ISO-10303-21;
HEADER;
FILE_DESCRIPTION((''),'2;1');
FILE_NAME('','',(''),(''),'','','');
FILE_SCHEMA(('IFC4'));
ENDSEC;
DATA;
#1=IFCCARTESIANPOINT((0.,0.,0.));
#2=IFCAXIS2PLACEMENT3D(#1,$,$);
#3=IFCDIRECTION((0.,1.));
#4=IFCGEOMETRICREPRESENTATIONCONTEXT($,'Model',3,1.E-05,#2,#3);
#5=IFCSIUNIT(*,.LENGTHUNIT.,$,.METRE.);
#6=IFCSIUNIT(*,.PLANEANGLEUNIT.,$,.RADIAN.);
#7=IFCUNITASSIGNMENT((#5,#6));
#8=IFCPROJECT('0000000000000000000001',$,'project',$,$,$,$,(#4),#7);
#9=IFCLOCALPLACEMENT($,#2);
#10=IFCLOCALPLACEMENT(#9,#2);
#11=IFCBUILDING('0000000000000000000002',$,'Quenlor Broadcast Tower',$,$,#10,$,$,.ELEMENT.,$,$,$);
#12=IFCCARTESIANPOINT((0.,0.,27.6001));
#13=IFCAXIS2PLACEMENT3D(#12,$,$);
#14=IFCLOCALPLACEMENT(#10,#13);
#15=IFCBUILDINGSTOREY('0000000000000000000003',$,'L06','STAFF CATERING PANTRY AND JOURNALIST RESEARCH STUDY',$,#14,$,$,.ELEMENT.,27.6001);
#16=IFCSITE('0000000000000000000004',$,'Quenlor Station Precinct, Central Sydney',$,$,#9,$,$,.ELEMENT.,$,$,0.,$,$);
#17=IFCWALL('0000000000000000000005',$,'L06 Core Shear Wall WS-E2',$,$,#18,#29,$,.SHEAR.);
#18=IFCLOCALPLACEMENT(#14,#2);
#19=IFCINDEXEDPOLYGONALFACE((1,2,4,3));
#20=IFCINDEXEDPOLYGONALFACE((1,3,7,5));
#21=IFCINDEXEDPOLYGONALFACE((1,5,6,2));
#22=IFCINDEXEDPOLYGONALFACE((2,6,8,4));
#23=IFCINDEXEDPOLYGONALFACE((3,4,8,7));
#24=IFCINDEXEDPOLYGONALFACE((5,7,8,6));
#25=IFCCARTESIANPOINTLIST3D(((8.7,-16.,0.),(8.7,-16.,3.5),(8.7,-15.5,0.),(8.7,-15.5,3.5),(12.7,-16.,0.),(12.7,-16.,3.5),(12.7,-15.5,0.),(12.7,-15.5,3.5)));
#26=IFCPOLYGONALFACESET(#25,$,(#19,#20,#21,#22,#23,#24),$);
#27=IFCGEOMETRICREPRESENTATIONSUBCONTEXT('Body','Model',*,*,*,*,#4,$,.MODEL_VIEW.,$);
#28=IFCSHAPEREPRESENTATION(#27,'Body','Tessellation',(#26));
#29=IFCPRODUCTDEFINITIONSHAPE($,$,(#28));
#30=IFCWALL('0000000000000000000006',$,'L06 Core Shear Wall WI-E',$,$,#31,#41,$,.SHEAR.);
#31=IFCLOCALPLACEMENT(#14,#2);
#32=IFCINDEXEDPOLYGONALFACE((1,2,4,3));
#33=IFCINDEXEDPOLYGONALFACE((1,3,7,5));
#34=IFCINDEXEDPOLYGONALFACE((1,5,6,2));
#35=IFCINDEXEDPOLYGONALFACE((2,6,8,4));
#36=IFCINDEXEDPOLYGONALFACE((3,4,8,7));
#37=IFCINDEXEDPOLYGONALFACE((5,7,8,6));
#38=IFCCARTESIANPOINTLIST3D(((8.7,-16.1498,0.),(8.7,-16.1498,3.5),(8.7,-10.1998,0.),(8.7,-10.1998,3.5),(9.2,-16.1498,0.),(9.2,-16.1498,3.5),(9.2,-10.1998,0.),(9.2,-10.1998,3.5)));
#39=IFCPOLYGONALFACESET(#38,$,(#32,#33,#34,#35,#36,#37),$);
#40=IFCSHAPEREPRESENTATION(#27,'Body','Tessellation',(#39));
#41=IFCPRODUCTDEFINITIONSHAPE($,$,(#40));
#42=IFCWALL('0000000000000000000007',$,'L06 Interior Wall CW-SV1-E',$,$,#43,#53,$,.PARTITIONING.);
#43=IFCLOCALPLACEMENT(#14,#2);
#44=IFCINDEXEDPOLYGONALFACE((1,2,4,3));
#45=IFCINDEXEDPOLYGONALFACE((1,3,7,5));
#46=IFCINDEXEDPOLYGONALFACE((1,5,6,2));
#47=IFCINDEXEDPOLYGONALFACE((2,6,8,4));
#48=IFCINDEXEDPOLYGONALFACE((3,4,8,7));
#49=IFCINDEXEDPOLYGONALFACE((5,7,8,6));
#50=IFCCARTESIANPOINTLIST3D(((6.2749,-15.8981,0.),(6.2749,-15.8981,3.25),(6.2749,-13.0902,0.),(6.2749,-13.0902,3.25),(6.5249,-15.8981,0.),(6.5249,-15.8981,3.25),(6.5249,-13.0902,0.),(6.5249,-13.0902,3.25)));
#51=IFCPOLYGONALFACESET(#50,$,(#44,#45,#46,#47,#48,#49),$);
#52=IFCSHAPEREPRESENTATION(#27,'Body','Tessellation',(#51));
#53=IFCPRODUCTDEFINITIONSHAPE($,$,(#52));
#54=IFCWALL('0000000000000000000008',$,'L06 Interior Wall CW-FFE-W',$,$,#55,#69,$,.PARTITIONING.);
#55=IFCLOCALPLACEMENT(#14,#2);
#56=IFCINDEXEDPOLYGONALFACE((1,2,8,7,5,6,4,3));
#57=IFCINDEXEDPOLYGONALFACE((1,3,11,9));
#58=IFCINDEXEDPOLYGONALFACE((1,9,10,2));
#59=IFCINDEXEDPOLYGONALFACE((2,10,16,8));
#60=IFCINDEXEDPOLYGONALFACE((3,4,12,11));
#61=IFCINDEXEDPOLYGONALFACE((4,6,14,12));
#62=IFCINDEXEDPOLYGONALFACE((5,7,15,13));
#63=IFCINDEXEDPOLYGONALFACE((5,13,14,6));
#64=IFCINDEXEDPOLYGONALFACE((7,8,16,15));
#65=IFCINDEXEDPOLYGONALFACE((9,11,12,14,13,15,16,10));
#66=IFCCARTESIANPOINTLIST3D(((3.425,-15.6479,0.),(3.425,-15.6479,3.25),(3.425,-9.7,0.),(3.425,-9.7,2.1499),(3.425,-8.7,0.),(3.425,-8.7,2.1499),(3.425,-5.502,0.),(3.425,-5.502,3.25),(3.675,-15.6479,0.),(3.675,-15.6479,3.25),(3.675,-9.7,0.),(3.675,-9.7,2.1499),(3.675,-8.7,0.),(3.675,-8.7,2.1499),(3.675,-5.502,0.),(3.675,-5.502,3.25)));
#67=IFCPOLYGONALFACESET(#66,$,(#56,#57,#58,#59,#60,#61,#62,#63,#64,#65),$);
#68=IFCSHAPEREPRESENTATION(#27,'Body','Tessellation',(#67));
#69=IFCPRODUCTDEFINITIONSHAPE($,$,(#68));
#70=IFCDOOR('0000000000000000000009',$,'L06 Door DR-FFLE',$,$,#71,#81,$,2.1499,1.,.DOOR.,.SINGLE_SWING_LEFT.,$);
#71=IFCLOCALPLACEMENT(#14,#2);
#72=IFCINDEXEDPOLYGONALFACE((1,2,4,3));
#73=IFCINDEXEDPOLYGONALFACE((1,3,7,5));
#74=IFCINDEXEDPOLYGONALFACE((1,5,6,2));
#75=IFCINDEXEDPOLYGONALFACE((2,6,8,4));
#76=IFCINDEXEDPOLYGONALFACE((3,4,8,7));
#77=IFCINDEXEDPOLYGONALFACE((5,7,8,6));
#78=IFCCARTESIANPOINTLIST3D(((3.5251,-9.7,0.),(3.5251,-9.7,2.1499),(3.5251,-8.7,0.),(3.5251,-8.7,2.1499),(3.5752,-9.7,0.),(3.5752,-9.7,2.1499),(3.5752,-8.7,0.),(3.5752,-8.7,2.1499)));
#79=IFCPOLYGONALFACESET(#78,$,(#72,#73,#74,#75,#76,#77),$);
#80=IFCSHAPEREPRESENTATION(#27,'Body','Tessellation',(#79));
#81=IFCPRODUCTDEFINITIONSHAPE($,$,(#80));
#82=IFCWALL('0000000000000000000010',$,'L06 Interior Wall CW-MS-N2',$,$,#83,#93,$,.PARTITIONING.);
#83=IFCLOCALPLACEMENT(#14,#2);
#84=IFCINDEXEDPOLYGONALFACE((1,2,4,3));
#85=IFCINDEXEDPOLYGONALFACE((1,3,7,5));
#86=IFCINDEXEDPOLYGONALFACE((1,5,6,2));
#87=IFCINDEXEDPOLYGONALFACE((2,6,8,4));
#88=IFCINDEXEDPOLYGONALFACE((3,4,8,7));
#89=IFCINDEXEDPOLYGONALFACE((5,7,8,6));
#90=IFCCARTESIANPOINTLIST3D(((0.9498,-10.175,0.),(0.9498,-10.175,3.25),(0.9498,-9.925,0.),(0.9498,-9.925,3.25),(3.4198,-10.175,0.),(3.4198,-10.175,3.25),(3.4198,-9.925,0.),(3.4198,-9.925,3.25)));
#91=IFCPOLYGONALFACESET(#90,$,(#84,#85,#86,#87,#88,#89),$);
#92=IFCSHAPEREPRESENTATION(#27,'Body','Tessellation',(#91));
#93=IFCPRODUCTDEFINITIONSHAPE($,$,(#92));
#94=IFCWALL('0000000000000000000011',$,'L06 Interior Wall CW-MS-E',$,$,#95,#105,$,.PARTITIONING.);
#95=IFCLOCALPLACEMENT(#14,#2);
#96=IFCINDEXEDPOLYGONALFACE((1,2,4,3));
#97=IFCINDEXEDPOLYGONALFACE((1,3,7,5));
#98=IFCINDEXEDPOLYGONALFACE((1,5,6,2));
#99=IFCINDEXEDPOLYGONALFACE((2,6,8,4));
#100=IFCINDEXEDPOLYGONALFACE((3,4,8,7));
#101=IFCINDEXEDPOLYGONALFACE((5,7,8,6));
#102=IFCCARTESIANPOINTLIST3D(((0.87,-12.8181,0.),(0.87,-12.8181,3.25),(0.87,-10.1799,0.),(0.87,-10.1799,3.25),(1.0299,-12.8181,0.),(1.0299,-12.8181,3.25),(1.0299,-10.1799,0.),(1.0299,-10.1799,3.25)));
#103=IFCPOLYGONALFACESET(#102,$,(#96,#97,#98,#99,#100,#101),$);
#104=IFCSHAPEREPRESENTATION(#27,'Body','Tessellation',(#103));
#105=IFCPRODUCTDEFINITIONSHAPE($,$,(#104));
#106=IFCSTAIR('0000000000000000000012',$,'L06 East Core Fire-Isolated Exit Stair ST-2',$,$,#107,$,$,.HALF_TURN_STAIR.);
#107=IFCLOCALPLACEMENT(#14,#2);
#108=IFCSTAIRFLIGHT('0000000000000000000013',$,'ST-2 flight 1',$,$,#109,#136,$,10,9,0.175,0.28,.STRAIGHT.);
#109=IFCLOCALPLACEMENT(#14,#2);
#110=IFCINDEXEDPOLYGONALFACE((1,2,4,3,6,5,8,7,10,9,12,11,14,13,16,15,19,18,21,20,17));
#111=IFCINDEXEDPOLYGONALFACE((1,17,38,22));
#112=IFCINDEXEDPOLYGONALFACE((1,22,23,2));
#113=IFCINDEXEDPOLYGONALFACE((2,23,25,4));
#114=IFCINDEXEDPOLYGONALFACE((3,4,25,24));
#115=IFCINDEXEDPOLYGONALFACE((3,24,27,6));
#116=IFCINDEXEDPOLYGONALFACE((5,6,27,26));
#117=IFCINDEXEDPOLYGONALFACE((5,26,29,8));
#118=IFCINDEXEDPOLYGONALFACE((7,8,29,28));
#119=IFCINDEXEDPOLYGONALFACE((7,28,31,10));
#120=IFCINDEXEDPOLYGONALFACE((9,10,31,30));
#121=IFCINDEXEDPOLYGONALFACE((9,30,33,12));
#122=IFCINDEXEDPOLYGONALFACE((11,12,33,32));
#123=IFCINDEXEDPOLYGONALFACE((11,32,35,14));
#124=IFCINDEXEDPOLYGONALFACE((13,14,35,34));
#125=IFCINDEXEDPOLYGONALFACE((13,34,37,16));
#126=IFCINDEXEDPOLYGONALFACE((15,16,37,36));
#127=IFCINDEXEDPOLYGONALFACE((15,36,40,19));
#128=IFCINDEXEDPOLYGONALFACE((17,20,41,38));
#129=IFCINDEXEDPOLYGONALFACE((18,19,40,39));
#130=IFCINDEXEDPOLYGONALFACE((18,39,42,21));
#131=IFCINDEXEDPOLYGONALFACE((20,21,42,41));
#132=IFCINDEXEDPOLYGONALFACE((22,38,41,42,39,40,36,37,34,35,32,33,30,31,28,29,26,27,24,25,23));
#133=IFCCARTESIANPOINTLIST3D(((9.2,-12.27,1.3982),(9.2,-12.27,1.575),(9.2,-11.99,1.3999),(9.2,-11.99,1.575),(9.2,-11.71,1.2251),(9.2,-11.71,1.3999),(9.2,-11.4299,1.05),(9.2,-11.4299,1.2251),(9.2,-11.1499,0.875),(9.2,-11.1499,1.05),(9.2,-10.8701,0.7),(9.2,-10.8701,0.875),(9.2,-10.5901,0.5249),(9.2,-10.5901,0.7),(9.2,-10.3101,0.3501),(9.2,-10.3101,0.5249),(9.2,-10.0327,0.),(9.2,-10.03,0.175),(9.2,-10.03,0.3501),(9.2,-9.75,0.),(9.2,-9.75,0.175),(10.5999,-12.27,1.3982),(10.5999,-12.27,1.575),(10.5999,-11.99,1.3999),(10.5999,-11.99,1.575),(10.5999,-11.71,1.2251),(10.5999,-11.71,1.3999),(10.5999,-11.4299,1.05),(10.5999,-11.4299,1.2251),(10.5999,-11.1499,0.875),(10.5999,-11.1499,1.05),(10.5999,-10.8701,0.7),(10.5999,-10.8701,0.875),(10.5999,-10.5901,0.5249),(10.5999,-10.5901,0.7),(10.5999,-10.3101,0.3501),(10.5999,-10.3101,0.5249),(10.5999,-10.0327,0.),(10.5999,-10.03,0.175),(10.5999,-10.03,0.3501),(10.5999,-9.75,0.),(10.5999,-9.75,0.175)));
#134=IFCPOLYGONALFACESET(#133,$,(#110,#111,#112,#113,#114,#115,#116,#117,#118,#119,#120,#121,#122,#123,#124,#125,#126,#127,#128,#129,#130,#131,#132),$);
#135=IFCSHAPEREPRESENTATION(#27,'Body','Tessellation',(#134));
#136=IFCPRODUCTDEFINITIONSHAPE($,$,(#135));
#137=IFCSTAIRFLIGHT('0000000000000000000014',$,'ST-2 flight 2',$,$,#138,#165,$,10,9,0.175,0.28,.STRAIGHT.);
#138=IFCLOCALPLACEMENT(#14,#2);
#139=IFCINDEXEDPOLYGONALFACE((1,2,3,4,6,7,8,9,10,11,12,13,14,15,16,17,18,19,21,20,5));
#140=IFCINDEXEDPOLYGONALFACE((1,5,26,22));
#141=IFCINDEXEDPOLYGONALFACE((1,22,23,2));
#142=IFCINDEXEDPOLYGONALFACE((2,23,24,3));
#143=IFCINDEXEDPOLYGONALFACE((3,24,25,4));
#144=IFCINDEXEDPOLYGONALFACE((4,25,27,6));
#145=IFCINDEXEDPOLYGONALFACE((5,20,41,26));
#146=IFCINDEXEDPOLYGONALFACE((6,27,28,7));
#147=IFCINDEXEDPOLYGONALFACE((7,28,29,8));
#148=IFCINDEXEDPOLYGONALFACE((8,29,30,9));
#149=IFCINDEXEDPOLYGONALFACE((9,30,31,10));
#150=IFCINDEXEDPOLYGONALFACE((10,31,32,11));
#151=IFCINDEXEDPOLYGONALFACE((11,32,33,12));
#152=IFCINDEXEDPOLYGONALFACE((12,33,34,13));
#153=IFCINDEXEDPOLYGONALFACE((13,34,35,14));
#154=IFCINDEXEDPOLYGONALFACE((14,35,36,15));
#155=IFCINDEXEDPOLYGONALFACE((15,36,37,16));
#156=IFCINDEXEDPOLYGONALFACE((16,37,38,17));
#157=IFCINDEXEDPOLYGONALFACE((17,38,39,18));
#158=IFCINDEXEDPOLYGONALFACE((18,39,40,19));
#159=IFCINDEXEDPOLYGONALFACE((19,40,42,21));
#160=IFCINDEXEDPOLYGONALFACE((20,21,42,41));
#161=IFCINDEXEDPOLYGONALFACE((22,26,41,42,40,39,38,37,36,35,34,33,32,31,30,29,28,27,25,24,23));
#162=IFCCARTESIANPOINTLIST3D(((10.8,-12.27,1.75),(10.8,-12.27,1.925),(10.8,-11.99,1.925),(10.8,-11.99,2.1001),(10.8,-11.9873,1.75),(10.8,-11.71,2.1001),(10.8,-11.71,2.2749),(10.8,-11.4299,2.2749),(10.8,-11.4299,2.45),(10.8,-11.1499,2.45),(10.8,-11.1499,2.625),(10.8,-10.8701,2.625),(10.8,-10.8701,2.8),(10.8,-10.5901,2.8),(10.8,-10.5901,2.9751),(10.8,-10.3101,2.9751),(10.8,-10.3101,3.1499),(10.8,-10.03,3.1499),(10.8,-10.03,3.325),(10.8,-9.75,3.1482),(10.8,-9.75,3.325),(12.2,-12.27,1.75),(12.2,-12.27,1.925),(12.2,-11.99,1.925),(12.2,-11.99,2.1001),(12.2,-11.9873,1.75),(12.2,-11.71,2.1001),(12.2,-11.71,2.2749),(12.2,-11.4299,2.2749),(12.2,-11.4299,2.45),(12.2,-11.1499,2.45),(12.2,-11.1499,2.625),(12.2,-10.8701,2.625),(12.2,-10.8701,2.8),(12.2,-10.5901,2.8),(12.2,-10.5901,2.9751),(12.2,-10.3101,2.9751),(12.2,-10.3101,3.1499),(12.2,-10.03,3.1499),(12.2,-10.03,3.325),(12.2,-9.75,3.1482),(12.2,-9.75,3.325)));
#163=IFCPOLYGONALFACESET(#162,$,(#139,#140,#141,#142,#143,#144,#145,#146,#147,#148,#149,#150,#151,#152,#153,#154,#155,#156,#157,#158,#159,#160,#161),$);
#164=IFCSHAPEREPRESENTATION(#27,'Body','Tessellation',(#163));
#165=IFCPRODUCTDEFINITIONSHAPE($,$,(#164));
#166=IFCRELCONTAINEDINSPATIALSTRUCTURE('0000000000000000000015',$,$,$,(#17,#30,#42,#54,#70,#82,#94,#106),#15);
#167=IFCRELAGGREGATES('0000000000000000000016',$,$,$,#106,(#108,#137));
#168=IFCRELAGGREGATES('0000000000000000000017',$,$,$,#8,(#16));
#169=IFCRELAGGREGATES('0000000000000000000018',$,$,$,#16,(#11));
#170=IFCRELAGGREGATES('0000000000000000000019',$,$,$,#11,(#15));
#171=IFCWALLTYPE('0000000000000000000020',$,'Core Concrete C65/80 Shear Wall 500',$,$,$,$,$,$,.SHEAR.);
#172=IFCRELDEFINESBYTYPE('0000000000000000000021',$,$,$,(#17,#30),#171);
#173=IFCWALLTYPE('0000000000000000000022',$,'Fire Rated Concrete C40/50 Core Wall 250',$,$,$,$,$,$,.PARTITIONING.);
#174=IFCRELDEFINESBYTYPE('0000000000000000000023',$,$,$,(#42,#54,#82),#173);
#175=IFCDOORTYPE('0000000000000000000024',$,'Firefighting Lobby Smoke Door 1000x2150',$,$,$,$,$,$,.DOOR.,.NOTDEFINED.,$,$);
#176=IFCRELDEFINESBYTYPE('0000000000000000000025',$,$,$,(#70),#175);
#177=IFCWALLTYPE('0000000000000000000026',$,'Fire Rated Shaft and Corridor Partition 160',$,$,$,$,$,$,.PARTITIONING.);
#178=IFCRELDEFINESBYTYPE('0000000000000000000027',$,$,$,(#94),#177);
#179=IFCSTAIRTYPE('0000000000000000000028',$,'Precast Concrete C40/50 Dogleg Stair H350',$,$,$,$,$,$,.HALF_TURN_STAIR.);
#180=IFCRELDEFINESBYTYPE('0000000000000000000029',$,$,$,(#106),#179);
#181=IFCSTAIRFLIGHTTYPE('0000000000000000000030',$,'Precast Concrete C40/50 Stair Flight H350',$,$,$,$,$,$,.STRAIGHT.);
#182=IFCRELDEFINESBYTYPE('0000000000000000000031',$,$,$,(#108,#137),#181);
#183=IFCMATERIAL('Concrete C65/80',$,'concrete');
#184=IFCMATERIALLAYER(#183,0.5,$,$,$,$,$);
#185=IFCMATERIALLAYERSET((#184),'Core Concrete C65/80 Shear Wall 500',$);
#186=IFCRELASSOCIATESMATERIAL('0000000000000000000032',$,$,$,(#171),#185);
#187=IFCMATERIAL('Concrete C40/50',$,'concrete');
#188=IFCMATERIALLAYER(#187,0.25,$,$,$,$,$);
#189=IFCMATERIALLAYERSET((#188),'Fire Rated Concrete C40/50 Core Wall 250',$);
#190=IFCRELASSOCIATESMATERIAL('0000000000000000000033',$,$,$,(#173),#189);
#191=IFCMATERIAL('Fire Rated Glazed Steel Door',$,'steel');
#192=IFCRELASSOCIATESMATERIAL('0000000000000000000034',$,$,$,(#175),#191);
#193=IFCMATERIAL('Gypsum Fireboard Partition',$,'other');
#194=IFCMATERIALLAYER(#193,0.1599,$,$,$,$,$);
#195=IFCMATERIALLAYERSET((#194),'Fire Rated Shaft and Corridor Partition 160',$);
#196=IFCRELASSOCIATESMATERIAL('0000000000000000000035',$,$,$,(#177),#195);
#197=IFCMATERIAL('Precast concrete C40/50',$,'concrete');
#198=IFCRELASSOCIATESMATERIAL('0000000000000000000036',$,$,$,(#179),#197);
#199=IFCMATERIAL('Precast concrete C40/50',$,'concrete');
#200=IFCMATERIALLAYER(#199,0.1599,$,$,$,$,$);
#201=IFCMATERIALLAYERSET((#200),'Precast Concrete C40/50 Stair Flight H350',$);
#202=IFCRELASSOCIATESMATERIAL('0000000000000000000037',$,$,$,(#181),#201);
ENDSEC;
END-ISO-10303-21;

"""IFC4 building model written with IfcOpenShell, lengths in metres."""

from ifc_helpers import new_model, si_unit, direction, frame, frame_2d, origin, place, context, subcontext, project, spatial, polyline, rectangle, outline, extrude, material, layer, layer_set, type_object, element, fill, aggregate, save


model = new_model("IFC4")

# Units and contexts
model_context = context("Model", 3, precision=1e-05, world=origin(), true_north=direction((0.0, 1.0)))
body_context = subcontext(model_context, "Body", "Model", "MODEL_VIEW")
ifc_project = project(units=[si_unit("LENGTHUNIT", "METRE"), si_unit("PLANEANGLEUNIT", "RADIAN")], contexts=[model_context])

# Site, building, storey
site_placement = place(None, origin())
site = spatial("IfcSite", under=ifc_project, at=site_placement, Name="Quenlor Station Precinct, Central Sydney", CompositionType="ELEMENT", RefElevation=0.0)
building_placement = place(site_placement, origin())
building = spatial("IfcBuilding", under=site, at=building_placement, Name="Quenlor Broadcast Tower", CompositionType="ELEMENT")
storey_placement = place(building_placement, frame((0.0, 0.0, 27.6001)))
storey = spatial("IfcBuildingStorey", under=building, at=storey_placement, Name="L06", Description="STAFF CATERING PANTRY AND JOURNALIST RESEARCH STUDY", CompositionType="ELEMENT", Elevation=27.6001)

# Walls
ifc_material_1 = material(Name="Concrete C65/80", Category="concrete")
ifc_layer_1 = layer(ifc_material_1, 0.5)
ifc_layer_set_1 = layer_set([ifc_layer_1], Name="Core Concrete C65/80 Shear Wall 500")
wall_type_1 = type_object("IfcWallType", Name="Core Concrete C65/80 Shear Wall 500", PredefinedType="SHEAR", material=ifc_layer_set_1)
wall_1_placement = place(storey_placement, frame((8.7, -15.75, 0.0), z_axis=(0.0, 0.0, 1.0), x_axis=(1.0, 0.0, 0.0)))
element("IfcWall", 1, at=wall_1_placement, inside=storey, type_object=wall_type_1, Name="L06 Core Shear Wall WS-E2", PredefinedType="SHEAR", context=body_context, shape_type="SweptSolid", body=[
    extrude(rectangle(XDim=4.0, YDim=0.5, at=frame_2d((2.0, 0.0))), origin(), (0.0, 0.0, 1.0), 3.5),
])
wall_2_placement = place(storey_placement, frame((8.95, -16.1499, 0.0), z_axis=(0.0, 0.0, 1.0), x_axis=(0.0, 1.0, 0.0)))
element("IfcWall", 2, at=wall_2_placement, inside=storey, type_object=wall_type_1, Name="L06 Core Shear Wall WI-E", PredefinedType="SHEAR", context=body_context, shape_type="SweptSolid", body=[
    extrude(rectangle(XDim=5.95, YDim=0.5, at=frame_2d((2.9751, 0.0))), origin(), (0.0, 0.0, 1.0), 3.5),
])

# Shared definitions
ifc_material_2 = material(Name="Concrete C40/50", Category="concrete")
ifc_layer_2 = layer(ifc_material_2, 0.25)
ifc_layer_set_2 = layer_set([ifc_layer_2], Name="Fire Rated Concrete C40/50 Core Wall 250")
wall_type_2 = type_object("IfcWallType", Name="Fire Rated Concrete C40/50 Core Wall 250", PredefinedType="PARTITIONING", material=ifc_layer_set_2)

# Wall
wall_3_placement = place(storey_placement, frame((6.3999, -15.8979, 0.0), z_axis=(0.0, 0.0, 1.0), x_axis=(0.0, 1.0, 0.0)))
element("IfcWall", 3, at=wall_3_placement, inside=storey, type_object=wall_type_2, Name="L06 Interior Wall CW-SV1-E", PredefinedType="PARTITIONING", context=body_context, shape_type="SweptSolid", body=[
    extrude(rectangle(XDim=2.8079, YDim=0.25, at=frame_2d((1.4038, 0.0))), origin(), (0.0, 0.0, 1.0), 3.25),
])

# Wall, opening, door
wall_4_placement = place(storey_placement, frame((3.55, -15.6479, 0.0), z_axis=(0.0, 0.0, 1.0), x_axis=(0.0, 1.0, 0.0)))
wall_4 = element("IfcWall", 4, at=wall_4_placement, inside=storey, type_object=wall_type_2, Name="L06 Interior Wall CW-FFE-W", PredefinedType="PARTITIONING", context=body_context, shape_type="SweptSolid", body=[
    extrude(rectangle(XDim=10.146, YDim=0.25, at=frame_2d((5.073, 0.0))), origin(), (0.0, 0.0, 1.0), 3.25),
])
opening_1_placement = place(wall_4_placement, frame((5.948, 0.0, 0.0)))
opening_1 = element("IfcOpeningElement", 5, at=opening_1_placement, cuts=wall_4, PredefinedType="OPENING", context=body_context, shape_type="SweptSolid", body=[
    extrude(rectangle(XDim=1.0, YDim=2.1499, at=frame_2d((0.5, 1.075))), frame((0.0, 0.135, 0.0), z_axis=(0.0, -1.0, 0.0), x_axis=(1.0, 0.0, 0.0)), (0.0, 0.0, 1.0), 0.27),
])
ifc_material_3 = material(Name="Fire Rated Glazed Steel Door", Category="steel")
door_type_1 = type_object("IfcDoorType", Name="Firefighting Lobby Smoke Door 1000x2150", OperationType="NOTDEFINED", PredefinedType="DOOR", material=ifc_material_3)
door_1_placement = place(opening_1_placement, origin())
door_1 = element("IfcDoor", 6, at=door_1_placement, inside=storey, type_object=door_type_1, Name="L06 Door DR-FFLE", OperationType="SINGLE_SWING_LEFT", OverallHeight=2.1499, OverallWidth=1.0, PredefinedType="DOOR", context=body_context, shape_type="SweptSolid", body=[
    extrude(rectangle(XDim=1.0, YDim=2.1499, at=frame_2d((0.5, 1.075))), frame((0.0, 0.0249, 0.0), z_axis=(0.0, -1.0, 0.0), x_axis=(1.0, 0.0, 0.0)), (0.0, 0.0, 1.0), 0.05),
])
fill(opening_1, door_1)

# Walls
wall_5_placement = place(storey_placement, frame((0.95, -10.05, 0.0), z_axis=(0.0, 0.0, 1.0), x_axis=(1.0, 0.0, 0.0)))
element("IfcWall", 7, at=wall_5_placement, inside=storey, type_object=wall_type_2, Name="L06 Interior Wall CW-MS-N2", PredefinedType="PARTITIONING", context=body_context, shape_type="SweptSolid", body=[
    extrude(rectangle(XDim=2.47, YDim=0.25, at=frame_2d((1.2349, 0.0))), origin(), (0.0, 0.0, 1.0), 3.25),
])
ifc_material_4 = material(Name="Gypsum Fireboard Partition", Category="other")
ifc_layer_3 = layer(ifc_material_4, 0.1599)
ifc_layer_set_3 = layer_set([ifc_layer_3], Name="Fire Rated Shaft and Corridor Partition 160")
wall_type_3 = type_object("IfcWallType", Name="Fire Rated Shaft and Corridor Partition 160", PredefinedType="PARTITIONING", material=ifc_layer_set_3)
wall_6_placement = place(storey_placement, frame((0.95, -12.8181, 0.0), z_axis=(0.0, 0.0, 1.0), x_axis=(0.0, 1.0, 0.0)))
element("IfcWall", 8, at=wall_6_placement, inside=storey, type_object=wall_type_3, Name="L06 Interior Wall CW-MS-E", PredefinedType="PARTITIONING", context=body_context, shape_type="SweptSolid", body=[
    extrude(rectangle(XDim=2.6382, YDim=0.1599, at=frame_2d((1.3191, 0.0))), origin(), (0.0, 0.0, 1.0), 3.25),
])

# Stair, stair flights
ifc_material_5 = material(Name="Precast concrete C40/50", Category="concrete")
stair_type = type_object("IfcStairType", Name="Precast Concrete C40/50 Dogleg Stair H350", PredefinedType="HALF_TURN_STAIR", material=ifc_material_5)
stair_placement = place(storey_placement, origin())
stair = element("IfcStair", 9, at=stair_placement, inside=storey, type_object=stair_type, Name="L06 East Core Fire-Isolated Exit Stair ST-2", PredefinedType="HALF_TURN_STAIR")
ifc_material_6 = material(Name="Precast concrete C40/50", Category="concrete")
ifc_layer_4 = layer(ifc_material_6, 0.1599)
ifc_layer_set_4 = layer_set([ifc_layer_4], Name="Precast Concrete C40/50 Stair Flight H350")
stair_flight_type = type_object("IfcStairFlightType", Name="Precast Concrete C40/50 Stair Flight H350", PredefinedType="STRAIGHT", material=ifc_layer_set_4)
stair_flight_1_placement = place(storey_placement, frame((9.8999, -9.75, 0.0), z_axis=(0.0, 0.0, 1.0), x_axis=(0.0, -1.0, 0.0)))
stair_flight_1 = element("IfcStairFlight", 10, at=stair_flight_1_placement, type_object=stair_flight_type, Name="ST-2 flight 1", NumberOfRisers=10, NumberOfTreads=9, PredefinedType="STRAIGHT", RiserHeight=0.175, TreadLength=0.28, context=body_context, shape_type="SweptSolid", body=[
    extrude(outline(polyline([(0.0, 0.0), (0.0, 0.175), (0.28, 0.175), (0.28, 0.3501), (0.5601, 0.3501), (0.5601, 0.5249), (0.8401, 0.5249), (0.8401, 0.7), (1.1201, 0.7), (1.1201, 0.875), (1.3999, 0.875), (1.3999, 1.05), (1.6799, 1.05), (1.6799, 1.2251), (1.96, 1.2251), (1.96, 1.3999), (2.24, 1.3999), (2.24, 1.575), (2.52, 1.575), (2.52, 1.75), (2.52, 1.3982), (0.2827, 0.0), (0.0, 0.0)])), frame((0.0, 0.7, 0.0), z_axis=(0.0, -1.0, 0.0), x_axis=(1.0, 0.0, 0.0)), (0.0, 0.0, 1.0), 1.3999),
])
stair_flight_2_placement = place(storey_placement, frame((11.5, -12.27, 1.75), z_axis=(0.0, 0.0, 1.0), x_axis=(0.0, 1.0, 0.0)))
stair_flight_2 = element("IfcStairFlight", 11, at=stair_flight_2_placement, type_object=stair_flight_type, Name="ST-2 flight 2", NumberOfRisers=10, NumberOfTreads=9, PredefinedType="STRAIGHT", RiserHeight=0.175, TreadLength=0.28, context=body_context, shape_type="SweptSolid", body=[
    extrude(outline(polyline([(0.0, 0.0), (0.0, 0.175), (0.28, 0.175), (0.28, 0.3501), (0.5601, 0.3501), (0.5601, 0.5249), (0.8401, 0.5249), (0.8401, 0.7), (1.1201, 0.7), (1.1201, 0.875), (1.3999, 0.875), (1.3999, 1.05), (1.6799, 1.05), (1.6799, 1.2251), (1.96, 1.2251), (1.96, 1.3999), (2.24, 1.3999), (2.24, 1.575), (2.52, 1.575), (2.52, 1.75), (2.52, 1.3982), (0.2827, 0.0), (0.0, 0.0)])), frame((0.0, 0.7, 0.0), z_axis=(0.0, -1.0, 0.0), x_axis=(1.0, 0.0, 0.0)), (0.0, 0.0, 1.0), 1.3999),
])
aggregate(stair, [stair_flight_1, stair_flight_2])

save(model, "model.ifc")
